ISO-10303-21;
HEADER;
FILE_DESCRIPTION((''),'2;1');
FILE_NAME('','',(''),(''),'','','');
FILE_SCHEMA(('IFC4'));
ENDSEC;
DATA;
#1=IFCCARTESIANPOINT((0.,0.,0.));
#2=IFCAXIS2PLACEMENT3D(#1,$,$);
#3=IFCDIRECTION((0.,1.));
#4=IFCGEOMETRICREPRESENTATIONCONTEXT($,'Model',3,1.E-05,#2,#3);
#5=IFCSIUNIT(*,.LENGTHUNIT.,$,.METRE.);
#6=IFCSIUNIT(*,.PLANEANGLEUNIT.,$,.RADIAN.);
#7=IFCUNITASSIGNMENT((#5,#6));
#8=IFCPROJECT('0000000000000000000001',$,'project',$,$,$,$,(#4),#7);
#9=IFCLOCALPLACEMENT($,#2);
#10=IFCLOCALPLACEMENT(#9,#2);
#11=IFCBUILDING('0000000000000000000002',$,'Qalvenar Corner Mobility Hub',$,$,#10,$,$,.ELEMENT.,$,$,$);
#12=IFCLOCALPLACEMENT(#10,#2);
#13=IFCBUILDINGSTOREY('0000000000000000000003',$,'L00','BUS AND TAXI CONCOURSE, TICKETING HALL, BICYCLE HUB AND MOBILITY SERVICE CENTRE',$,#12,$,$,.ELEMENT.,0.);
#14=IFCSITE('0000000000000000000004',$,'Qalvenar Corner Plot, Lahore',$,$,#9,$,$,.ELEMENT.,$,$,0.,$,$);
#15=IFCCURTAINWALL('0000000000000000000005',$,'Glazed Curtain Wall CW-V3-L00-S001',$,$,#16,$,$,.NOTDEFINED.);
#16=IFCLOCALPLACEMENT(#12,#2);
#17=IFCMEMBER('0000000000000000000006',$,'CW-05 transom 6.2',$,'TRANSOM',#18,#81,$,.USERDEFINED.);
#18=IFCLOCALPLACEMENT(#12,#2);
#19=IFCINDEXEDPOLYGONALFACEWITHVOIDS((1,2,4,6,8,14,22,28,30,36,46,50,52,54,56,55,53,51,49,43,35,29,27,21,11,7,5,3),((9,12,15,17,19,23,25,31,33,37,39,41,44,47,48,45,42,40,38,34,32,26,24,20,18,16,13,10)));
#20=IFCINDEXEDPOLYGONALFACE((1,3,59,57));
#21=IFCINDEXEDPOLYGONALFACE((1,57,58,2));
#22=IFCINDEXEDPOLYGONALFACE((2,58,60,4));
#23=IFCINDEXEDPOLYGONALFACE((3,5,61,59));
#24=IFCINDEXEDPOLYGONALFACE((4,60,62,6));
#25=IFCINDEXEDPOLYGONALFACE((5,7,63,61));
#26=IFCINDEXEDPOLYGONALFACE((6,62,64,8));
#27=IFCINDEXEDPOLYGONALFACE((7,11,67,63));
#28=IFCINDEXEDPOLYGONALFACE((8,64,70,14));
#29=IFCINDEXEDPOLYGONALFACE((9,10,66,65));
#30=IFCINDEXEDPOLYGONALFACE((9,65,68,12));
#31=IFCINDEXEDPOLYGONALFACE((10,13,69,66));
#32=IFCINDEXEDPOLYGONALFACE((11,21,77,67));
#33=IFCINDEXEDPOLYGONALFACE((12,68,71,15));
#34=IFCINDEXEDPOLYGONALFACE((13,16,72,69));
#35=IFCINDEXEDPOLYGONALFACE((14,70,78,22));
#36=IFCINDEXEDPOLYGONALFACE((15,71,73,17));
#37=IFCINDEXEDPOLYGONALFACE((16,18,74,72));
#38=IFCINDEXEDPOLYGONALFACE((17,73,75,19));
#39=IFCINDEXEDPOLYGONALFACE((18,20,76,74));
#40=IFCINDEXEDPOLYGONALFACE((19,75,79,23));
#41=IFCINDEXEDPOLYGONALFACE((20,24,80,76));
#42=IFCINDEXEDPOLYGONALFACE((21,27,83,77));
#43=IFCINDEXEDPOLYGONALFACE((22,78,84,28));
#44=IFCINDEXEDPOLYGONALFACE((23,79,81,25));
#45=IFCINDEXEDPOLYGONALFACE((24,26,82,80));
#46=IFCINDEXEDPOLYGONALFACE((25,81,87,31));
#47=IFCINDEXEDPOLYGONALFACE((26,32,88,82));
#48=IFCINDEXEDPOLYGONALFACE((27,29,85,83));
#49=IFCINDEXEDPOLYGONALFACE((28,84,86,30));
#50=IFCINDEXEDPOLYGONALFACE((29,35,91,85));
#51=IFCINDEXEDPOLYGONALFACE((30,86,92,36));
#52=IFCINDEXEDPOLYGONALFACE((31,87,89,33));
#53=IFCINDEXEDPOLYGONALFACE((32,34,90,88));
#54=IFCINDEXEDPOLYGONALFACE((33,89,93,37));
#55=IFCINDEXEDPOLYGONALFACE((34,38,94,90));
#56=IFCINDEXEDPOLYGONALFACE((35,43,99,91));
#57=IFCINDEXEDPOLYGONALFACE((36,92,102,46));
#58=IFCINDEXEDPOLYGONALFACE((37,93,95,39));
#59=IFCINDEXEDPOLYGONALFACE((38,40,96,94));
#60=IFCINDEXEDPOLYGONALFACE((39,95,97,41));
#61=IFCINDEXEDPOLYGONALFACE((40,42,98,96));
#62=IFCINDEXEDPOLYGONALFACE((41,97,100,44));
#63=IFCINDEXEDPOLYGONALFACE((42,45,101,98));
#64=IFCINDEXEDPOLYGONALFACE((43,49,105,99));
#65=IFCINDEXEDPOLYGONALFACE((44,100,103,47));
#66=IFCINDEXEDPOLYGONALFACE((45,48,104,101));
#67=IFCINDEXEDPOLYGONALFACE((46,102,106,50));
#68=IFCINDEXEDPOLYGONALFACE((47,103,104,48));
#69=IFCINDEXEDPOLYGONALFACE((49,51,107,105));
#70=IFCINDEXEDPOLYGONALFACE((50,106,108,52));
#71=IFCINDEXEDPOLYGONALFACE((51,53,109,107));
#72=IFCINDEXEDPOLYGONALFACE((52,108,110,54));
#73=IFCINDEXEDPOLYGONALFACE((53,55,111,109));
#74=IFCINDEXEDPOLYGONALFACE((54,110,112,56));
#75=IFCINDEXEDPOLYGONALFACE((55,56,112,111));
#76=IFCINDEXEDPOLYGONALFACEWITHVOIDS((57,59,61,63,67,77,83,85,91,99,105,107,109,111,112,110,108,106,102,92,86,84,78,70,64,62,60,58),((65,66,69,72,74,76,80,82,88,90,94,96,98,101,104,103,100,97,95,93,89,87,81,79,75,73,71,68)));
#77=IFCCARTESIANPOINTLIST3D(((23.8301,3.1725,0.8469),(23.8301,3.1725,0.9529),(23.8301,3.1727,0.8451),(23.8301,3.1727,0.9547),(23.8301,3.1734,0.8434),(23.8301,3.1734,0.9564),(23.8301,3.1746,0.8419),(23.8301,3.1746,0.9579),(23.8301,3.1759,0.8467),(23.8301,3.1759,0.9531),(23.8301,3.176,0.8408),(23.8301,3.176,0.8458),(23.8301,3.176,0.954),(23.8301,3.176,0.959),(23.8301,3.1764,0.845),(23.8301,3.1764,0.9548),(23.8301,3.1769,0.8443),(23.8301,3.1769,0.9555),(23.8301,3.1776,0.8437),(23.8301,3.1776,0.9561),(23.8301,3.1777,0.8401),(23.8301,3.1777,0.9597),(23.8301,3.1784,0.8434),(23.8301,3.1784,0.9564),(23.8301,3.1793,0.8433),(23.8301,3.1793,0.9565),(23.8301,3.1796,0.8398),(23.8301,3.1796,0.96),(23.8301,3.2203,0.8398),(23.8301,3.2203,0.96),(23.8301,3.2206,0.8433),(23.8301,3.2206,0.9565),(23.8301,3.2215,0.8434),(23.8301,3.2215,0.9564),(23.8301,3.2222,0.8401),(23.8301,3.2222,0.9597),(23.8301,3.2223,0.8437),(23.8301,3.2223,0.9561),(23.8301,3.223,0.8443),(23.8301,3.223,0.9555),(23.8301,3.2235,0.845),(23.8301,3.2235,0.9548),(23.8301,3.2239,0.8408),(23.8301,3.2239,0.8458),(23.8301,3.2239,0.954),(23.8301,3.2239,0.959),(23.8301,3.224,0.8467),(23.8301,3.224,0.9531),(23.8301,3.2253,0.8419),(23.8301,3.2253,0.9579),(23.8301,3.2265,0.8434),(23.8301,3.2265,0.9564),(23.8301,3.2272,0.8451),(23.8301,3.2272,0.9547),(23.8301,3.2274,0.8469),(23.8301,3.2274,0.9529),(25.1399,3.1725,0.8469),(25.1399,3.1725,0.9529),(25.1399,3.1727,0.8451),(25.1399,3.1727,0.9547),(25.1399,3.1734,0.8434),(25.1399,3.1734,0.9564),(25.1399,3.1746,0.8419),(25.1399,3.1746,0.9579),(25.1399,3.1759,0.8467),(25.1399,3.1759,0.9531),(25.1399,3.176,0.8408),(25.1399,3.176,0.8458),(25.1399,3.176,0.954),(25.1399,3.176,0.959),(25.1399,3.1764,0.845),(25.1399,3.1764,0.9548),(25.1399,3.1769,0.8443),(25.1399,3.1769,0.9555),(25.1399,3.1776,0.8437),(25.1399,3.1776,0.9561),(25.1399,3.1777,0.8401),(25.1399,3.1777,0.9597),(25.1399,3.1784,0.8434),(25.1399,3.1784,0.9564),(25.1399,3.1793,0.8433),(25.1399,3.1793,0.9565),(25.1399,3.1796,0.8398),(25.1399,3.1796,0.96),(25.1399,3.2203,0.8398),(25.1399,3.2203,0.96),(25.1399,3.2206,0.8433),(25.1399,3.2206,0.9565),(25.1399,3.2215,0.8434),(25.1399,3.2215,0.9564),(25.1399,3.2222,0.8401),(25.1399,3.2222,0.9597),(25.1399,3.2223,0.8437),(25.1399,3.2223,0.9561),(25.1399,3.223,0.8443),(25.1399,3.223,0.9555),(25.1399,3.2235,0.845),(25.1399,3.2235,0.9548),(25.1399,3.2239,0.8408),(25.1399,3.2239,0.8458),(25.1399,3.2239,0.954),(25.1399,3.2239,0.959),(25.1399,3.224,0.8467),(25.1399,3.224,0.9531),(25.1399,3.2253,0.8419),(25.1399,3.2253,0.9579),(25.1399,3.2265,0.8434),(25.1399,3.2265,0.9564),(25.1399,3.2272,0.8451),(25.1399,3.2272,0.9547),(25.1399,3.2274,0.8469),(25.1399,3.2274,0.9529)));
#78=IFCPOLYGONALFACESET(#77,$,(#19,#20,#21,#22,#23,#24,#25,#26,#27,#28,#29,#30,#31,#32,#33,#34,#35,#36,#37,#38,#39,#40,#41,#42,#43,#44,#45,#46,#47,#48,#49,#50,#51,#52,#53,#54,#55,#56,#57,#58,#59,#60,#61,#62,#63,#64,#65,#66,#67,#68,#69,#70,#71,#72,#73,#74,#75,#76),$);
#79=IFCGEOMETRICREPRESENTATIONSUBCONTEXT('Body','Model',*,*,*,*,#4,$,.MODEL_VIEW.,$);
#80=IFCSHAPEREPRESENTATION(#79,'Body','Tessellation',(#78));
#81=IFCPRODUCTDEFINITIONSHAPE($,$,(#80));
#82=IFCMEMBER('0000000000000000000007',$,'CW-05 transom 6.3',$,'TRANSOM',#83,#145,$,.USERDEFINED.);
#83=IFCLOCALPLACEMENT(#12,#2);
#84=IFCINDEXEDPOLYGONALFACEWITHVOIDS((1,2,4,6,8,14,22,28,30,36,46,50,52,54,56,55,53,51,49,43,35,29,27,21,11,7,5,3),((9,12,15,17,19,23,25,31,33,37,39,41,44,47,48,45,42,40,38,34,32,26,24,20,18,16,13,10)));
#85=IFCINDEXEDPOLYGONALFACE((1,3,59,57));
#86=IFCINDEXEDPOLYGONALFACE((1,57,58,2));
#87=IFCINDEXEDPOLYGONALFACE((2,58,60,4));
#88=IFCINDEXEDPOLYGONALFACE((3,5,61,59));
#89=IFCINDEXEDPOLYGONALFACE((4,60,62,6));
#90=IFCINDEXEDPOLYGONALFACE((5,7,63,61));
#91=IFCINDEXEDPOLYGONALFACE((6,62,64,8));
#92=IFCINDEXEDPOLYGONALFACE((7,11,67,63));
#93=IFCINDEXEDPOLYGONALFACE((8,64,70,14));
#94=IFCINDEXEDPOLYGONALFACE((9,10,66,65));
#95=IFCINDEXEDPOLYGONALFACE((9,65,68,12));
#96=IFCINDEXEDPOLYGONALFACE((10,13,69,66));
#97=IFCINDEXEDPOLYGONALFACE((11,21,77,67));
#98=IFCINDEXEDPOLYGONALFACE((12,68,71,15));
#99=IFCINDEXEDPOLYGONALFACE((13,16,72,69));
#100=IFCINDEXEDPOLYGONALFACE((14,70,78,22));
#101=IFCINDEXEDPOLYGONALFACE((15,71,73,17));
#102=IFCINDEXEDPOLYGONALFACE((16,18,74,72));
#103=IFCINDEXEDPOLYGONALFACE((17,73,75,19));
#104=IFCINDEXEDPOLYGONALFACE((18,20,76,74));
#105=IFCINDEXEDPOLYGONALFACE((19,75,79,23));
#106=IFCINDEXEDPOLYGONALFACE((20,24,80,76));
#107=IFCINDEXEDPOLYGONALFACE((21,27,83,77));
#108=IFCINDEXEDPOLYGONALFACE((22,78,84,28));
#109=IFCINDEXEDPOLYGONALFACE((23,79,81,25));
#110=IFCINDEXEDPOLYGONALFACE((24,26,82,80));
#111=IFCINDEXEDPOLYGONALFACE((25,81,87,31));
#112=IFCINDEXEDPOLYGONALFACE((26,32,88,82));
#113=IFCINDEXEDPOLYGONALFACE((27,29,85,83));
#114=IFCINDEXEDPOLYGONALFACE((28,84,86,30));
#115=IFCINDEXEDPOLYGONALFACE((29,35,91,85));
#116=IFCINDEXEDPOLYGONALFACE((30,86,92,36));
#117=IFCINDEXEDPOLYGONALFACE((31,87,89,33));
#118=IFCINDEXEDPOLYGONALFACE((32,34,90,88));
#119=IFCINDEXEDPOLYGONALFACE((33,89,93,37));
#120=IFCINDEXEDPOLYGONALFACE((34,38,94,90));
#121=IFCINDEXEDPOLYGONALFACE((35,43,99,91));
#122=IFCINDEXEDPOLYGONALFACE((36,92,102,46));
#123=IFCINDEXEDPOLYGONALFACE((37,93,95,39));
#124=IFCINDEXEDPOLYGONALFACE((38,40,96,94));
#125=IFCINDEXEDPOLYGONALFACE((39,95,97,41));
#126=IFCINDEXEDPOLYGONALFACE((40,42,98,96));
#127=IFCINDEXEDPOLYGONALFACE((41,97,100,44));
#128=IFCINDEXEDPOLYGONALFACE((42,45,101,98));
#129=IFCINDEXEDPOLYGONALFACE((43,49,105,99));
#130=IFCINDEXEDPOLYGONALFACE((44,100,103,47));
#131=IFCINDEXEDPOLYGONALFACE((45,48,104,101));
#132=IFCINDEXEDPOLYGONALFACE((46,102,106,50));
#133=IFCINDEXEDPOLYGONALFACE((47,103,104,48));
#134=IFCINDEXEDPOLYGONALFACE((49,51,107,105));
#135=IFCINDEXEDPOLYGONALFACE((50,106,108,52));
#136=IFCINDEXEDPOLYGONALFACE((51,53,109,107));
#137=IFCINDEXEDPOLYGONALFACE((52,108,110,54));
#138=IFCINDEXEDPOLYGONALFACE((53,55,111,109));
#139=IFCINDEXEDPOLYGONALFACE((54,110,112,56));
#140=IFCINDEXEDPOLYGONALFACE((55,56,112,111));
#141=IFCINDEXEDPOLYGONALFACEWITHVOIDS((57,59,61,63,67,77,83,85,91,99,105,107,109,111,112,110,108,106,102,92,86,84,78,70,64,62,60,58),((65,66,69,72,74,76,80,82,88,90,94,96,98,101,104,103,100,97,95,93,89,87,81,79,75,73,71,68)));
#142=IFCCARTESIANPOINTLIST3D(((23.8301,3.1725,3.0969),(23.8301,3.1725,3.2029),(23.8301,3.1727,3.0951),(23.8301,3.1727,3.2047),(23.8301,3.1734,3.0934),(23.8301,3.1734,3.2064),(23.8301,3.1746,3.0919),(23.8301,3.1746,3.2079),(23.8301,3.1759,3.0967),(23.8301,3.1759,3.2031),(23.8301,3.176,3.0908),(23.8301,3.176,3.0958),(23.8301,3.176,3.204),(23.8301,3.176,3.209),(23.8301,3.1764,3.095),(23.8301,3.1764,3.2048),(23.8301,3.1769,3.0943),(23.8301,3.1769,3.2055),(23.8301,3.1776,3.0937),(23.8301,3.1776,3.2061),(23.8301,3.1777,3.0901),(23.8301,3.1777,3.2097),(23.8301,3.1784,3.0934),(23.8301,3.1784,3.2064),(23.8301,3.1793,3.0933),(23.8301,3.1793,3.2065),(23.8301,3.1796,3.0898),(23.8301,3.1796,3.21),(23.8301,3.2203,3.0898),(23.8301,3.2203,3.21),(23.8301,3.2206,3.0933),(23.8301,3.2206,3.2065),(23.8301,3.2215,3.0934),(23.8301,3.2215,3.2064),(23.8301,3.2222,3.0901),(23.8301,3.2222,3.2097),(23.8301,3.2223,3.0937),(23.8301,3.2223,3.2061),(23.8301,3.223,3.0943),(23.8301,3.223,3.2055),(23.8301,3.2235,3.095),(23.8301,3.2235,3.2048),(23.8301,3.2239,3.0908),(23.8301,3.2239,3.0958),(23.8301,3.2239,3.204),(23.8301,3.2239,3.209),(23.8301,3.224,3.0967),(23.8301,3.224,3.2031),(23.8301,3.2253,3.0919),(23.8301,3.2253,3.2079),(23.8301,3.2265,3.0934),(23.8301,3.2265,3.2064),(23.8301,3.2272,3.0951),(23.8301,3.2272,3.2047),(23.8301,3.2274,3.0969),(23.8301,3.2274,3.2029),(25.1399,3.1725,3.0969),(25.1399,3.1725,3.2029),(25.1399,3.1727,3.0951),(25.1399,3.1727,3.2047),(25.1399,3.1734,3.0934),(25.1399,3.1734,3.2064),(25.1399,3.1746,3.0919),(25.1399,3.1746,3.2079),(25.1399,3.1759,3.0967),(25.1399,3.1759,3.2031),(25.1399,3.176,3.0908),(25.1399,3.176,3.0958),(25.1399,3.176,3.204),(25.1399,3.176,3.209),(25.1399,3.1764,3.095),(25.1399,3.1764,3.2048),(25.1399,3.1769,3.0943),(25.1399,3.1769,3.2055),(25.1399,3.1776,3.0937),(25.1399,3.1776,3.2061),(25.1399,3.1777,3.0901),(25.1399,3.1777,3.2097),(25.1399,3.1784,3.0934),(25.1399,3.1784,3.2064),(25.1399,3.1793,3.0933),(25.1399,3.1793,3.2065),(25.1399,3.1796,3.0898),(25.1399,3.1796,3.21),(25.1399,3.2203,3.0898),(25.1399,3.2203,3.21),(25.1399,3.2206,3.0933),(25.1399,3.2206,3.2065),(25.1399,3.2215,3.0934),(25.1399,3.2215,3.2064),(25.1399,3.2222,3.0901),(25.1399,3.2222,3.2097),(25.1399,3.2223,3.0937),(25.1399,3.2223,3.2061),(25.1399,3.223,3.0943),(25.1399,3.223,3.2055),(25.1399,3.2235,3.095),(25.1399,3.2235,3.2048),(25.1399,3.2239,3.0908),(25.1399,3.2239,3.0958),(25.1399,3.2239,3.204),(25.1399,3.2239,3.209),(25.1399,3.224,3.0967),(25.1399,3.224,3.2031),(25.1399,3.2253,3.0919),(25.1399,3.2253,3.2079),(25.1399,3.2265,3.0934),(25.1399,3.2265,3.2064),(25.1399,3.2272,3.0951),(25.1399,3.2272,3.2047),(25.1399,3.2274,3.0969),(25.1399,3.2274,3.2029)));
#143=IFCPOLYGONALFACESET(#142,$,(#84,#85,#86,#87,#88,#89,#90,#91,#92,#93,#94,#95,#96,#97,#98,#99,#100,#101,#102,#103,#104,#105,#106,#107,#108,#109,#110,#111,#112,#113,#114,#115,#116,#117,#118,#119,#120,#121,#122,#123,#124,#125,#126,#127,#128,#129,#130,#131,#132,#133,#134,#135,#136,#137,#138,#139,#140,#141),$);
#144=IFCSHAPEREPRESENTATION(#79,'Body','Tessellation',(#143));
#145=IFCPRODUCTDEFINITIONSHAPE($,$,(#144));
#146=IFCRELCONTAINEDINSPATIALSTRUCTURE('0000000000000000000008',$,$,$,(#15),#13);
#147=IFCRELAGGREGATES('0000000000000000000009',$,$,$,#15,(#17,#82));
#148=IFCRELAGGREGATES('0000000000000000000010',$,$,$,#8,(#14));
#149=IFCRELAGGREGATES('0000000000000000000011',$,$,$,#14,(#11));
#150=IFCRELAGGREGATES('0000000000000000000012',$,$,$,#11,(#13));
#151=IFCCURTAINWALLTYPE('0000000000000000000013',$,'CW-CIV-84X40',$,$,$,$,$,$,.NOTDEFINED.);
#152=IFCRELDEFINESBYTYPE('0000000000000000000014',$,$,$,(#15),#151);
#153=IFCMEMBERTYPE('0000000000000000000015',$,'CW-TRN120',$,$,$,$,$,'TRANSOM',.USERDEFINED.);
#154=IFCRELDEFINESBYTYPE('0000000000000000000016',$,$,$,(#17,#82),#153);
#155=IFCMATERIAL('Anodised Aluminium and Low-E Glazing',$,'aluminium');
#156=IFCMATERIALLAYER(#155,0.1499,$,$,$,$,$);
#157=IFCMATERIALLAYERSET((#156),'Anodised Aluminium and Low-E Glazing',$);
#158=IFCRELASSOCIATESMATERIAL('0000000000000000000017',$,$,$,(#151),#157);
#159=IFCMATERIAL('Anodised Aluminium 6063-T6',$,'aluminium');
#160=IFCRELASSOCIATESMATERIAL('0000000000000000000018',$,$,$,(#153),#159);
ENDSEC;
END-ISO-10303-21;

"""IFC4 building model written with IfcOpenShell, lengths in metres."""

from ifc_helpers import new_model, si_unit, direction, frame, origin, origin_2d, place, context, subcontext, project, spatial, hollow_rectangle, extrude, material, layer, layer_set, material_profile, profile_set, type_object, element, aggregate, save


model = new_model("IFC4")

# Units and contexts
model_context = context("Model", 3, precision=1e-05, world=origin(), true_north=direction((0.0, 1.0)))
body_context = subcontext(model_context, "Body", "Model", "MODEL_VIEW")
ifc_project = project(units=[si_unit("LENGTHUNIT", "METRE"), si_unit("PLANEANGLEUNIT", "RADIAN")], contexts=[model_context])

# Site, building, storey
site_placement = place(None, origin())
site = spatial("IfcSite", under=ifc_project, at=site_placement, Name="Qalvenar Corner Plot, Lahore", CompositionType="ELEMENT", RefElevation=0.0)
building_placement = place(site_placement, origin())
building = spatial("IfcBuilding", under=site, at=building_placement, Name="Qalvenar Corner Mobility Hub", CompositionType="ELEMENT")
storey_placement = place(building_placement, origin())
storey = spatial("IfcBuildingStorey", under=building, at=storey_placement, Name="L00", Description="BUS AND TAXI CONCOURSE, TICKETING HALL, BICYCLE HUB AND MOBILITY SERVICE CENTRE", CompositionType="ELEMENT", Elevation=0.0)

# Curtain wall, members
ifc_material_1 = material(Name="Anodised Aluminium and Low-E Glazing", Category="aluminium")
ifc_layer_1 = layer(ifc_material_1, 0.1499)
ifc_layer_set_1 = layer_set([ifc_layer_1], Name="Anodised Aluminium and Low-E Glazing")
curtain_wall_type = type_object("IfcCurtainWallType", Name="CW-CIV-84X40", PredefinedType="NOTDEFINED", material=ifc_layer_set_1)
curtain_wall_placement = place(storey_placement, origin())
curtain_wall = element("IfcCurtainWall", 1, at=curtain_wall_placement, inside=storey, type_object=curtain_wall_type, Name="Glazed Curtain Wall CW-V3-L00-S001", PredefinedType="NOTDEFINED")
ifc_material_2 = material(Name="Anodised Aluminium 6063-T6", Category="aluminium")
ifc_material_profile_1 = material_profile(ifc_material_2, hollow_rectangle(XDim=0.0549, YDim=0.1201, WallThickness=0.0034, InnerFilletRadius=0.0034, OuterFilletRadius=0.0071, at=origin_2d()), Name="RHS120x55x3.5")
ifc_profile_set_1 = profile_set([ifc_material_profile_1], Name="Anodised Aluminium 6063-T6")
member_type_1 = type_object("IfcMemberType", Name="CW-TRN120", ElementType="TRANSOM", PredefinedType="USERDEFINED", material=ifc_profile_set_1)
member_1_placement = place(storey_placement, frame((23.8301, 3.2, 0.8999), z_axis=(1.0, 0.0, 0.0), x_axis=(0.0, 1.0, 0.0)))
member_1 = element("IfcMember", 2, at=member_1_placement, type_object=member_type_1, Name="CW-05 transom 6.2", ObjectType="TRANSOM", PredefinedType="USERDEFINED", context=body_context, shape_type="SweptSolid", body=[
    extrude(hollow_rectangle(XDim=0.0549, YDim=0.1201, WallThickness=0.0034, InnerFilletRadius=0.0034, OuterFilletRadius=0.0071, at=origin_2d()), origin(), (0.0, 0.0, 1.0), 1.3098),
])
member_2_placement = place(storey_placement, frame((23.8301, 3.2, 3.1499), z_axis=(1.0, 0.0, 0.0), x_axis=(0.0, 1.0, 0.0)))
member_2 = element("IfcMember", 3, at=member_2_placement, type_object=member_type_1, Name="CW-05 transom 6.3", ObjectType="TRANSOM", PredefinedType="USERDEFINED", context=body_context, shape_type="SweptSolid", body=[
    extrude(hollow_rectangle(XDim=0.0549, YDim=0.1201, WallThickness=0.0034, InnerFilletRadius=0.0034, OuterFilletRadius=0.0071, at=origin_2d()), origin(), (0.0, 0.0, 1.0), 1.3098),
])
aggregate(curtain_wall, [member_1, member_2])

save(model, "model.ifc")
